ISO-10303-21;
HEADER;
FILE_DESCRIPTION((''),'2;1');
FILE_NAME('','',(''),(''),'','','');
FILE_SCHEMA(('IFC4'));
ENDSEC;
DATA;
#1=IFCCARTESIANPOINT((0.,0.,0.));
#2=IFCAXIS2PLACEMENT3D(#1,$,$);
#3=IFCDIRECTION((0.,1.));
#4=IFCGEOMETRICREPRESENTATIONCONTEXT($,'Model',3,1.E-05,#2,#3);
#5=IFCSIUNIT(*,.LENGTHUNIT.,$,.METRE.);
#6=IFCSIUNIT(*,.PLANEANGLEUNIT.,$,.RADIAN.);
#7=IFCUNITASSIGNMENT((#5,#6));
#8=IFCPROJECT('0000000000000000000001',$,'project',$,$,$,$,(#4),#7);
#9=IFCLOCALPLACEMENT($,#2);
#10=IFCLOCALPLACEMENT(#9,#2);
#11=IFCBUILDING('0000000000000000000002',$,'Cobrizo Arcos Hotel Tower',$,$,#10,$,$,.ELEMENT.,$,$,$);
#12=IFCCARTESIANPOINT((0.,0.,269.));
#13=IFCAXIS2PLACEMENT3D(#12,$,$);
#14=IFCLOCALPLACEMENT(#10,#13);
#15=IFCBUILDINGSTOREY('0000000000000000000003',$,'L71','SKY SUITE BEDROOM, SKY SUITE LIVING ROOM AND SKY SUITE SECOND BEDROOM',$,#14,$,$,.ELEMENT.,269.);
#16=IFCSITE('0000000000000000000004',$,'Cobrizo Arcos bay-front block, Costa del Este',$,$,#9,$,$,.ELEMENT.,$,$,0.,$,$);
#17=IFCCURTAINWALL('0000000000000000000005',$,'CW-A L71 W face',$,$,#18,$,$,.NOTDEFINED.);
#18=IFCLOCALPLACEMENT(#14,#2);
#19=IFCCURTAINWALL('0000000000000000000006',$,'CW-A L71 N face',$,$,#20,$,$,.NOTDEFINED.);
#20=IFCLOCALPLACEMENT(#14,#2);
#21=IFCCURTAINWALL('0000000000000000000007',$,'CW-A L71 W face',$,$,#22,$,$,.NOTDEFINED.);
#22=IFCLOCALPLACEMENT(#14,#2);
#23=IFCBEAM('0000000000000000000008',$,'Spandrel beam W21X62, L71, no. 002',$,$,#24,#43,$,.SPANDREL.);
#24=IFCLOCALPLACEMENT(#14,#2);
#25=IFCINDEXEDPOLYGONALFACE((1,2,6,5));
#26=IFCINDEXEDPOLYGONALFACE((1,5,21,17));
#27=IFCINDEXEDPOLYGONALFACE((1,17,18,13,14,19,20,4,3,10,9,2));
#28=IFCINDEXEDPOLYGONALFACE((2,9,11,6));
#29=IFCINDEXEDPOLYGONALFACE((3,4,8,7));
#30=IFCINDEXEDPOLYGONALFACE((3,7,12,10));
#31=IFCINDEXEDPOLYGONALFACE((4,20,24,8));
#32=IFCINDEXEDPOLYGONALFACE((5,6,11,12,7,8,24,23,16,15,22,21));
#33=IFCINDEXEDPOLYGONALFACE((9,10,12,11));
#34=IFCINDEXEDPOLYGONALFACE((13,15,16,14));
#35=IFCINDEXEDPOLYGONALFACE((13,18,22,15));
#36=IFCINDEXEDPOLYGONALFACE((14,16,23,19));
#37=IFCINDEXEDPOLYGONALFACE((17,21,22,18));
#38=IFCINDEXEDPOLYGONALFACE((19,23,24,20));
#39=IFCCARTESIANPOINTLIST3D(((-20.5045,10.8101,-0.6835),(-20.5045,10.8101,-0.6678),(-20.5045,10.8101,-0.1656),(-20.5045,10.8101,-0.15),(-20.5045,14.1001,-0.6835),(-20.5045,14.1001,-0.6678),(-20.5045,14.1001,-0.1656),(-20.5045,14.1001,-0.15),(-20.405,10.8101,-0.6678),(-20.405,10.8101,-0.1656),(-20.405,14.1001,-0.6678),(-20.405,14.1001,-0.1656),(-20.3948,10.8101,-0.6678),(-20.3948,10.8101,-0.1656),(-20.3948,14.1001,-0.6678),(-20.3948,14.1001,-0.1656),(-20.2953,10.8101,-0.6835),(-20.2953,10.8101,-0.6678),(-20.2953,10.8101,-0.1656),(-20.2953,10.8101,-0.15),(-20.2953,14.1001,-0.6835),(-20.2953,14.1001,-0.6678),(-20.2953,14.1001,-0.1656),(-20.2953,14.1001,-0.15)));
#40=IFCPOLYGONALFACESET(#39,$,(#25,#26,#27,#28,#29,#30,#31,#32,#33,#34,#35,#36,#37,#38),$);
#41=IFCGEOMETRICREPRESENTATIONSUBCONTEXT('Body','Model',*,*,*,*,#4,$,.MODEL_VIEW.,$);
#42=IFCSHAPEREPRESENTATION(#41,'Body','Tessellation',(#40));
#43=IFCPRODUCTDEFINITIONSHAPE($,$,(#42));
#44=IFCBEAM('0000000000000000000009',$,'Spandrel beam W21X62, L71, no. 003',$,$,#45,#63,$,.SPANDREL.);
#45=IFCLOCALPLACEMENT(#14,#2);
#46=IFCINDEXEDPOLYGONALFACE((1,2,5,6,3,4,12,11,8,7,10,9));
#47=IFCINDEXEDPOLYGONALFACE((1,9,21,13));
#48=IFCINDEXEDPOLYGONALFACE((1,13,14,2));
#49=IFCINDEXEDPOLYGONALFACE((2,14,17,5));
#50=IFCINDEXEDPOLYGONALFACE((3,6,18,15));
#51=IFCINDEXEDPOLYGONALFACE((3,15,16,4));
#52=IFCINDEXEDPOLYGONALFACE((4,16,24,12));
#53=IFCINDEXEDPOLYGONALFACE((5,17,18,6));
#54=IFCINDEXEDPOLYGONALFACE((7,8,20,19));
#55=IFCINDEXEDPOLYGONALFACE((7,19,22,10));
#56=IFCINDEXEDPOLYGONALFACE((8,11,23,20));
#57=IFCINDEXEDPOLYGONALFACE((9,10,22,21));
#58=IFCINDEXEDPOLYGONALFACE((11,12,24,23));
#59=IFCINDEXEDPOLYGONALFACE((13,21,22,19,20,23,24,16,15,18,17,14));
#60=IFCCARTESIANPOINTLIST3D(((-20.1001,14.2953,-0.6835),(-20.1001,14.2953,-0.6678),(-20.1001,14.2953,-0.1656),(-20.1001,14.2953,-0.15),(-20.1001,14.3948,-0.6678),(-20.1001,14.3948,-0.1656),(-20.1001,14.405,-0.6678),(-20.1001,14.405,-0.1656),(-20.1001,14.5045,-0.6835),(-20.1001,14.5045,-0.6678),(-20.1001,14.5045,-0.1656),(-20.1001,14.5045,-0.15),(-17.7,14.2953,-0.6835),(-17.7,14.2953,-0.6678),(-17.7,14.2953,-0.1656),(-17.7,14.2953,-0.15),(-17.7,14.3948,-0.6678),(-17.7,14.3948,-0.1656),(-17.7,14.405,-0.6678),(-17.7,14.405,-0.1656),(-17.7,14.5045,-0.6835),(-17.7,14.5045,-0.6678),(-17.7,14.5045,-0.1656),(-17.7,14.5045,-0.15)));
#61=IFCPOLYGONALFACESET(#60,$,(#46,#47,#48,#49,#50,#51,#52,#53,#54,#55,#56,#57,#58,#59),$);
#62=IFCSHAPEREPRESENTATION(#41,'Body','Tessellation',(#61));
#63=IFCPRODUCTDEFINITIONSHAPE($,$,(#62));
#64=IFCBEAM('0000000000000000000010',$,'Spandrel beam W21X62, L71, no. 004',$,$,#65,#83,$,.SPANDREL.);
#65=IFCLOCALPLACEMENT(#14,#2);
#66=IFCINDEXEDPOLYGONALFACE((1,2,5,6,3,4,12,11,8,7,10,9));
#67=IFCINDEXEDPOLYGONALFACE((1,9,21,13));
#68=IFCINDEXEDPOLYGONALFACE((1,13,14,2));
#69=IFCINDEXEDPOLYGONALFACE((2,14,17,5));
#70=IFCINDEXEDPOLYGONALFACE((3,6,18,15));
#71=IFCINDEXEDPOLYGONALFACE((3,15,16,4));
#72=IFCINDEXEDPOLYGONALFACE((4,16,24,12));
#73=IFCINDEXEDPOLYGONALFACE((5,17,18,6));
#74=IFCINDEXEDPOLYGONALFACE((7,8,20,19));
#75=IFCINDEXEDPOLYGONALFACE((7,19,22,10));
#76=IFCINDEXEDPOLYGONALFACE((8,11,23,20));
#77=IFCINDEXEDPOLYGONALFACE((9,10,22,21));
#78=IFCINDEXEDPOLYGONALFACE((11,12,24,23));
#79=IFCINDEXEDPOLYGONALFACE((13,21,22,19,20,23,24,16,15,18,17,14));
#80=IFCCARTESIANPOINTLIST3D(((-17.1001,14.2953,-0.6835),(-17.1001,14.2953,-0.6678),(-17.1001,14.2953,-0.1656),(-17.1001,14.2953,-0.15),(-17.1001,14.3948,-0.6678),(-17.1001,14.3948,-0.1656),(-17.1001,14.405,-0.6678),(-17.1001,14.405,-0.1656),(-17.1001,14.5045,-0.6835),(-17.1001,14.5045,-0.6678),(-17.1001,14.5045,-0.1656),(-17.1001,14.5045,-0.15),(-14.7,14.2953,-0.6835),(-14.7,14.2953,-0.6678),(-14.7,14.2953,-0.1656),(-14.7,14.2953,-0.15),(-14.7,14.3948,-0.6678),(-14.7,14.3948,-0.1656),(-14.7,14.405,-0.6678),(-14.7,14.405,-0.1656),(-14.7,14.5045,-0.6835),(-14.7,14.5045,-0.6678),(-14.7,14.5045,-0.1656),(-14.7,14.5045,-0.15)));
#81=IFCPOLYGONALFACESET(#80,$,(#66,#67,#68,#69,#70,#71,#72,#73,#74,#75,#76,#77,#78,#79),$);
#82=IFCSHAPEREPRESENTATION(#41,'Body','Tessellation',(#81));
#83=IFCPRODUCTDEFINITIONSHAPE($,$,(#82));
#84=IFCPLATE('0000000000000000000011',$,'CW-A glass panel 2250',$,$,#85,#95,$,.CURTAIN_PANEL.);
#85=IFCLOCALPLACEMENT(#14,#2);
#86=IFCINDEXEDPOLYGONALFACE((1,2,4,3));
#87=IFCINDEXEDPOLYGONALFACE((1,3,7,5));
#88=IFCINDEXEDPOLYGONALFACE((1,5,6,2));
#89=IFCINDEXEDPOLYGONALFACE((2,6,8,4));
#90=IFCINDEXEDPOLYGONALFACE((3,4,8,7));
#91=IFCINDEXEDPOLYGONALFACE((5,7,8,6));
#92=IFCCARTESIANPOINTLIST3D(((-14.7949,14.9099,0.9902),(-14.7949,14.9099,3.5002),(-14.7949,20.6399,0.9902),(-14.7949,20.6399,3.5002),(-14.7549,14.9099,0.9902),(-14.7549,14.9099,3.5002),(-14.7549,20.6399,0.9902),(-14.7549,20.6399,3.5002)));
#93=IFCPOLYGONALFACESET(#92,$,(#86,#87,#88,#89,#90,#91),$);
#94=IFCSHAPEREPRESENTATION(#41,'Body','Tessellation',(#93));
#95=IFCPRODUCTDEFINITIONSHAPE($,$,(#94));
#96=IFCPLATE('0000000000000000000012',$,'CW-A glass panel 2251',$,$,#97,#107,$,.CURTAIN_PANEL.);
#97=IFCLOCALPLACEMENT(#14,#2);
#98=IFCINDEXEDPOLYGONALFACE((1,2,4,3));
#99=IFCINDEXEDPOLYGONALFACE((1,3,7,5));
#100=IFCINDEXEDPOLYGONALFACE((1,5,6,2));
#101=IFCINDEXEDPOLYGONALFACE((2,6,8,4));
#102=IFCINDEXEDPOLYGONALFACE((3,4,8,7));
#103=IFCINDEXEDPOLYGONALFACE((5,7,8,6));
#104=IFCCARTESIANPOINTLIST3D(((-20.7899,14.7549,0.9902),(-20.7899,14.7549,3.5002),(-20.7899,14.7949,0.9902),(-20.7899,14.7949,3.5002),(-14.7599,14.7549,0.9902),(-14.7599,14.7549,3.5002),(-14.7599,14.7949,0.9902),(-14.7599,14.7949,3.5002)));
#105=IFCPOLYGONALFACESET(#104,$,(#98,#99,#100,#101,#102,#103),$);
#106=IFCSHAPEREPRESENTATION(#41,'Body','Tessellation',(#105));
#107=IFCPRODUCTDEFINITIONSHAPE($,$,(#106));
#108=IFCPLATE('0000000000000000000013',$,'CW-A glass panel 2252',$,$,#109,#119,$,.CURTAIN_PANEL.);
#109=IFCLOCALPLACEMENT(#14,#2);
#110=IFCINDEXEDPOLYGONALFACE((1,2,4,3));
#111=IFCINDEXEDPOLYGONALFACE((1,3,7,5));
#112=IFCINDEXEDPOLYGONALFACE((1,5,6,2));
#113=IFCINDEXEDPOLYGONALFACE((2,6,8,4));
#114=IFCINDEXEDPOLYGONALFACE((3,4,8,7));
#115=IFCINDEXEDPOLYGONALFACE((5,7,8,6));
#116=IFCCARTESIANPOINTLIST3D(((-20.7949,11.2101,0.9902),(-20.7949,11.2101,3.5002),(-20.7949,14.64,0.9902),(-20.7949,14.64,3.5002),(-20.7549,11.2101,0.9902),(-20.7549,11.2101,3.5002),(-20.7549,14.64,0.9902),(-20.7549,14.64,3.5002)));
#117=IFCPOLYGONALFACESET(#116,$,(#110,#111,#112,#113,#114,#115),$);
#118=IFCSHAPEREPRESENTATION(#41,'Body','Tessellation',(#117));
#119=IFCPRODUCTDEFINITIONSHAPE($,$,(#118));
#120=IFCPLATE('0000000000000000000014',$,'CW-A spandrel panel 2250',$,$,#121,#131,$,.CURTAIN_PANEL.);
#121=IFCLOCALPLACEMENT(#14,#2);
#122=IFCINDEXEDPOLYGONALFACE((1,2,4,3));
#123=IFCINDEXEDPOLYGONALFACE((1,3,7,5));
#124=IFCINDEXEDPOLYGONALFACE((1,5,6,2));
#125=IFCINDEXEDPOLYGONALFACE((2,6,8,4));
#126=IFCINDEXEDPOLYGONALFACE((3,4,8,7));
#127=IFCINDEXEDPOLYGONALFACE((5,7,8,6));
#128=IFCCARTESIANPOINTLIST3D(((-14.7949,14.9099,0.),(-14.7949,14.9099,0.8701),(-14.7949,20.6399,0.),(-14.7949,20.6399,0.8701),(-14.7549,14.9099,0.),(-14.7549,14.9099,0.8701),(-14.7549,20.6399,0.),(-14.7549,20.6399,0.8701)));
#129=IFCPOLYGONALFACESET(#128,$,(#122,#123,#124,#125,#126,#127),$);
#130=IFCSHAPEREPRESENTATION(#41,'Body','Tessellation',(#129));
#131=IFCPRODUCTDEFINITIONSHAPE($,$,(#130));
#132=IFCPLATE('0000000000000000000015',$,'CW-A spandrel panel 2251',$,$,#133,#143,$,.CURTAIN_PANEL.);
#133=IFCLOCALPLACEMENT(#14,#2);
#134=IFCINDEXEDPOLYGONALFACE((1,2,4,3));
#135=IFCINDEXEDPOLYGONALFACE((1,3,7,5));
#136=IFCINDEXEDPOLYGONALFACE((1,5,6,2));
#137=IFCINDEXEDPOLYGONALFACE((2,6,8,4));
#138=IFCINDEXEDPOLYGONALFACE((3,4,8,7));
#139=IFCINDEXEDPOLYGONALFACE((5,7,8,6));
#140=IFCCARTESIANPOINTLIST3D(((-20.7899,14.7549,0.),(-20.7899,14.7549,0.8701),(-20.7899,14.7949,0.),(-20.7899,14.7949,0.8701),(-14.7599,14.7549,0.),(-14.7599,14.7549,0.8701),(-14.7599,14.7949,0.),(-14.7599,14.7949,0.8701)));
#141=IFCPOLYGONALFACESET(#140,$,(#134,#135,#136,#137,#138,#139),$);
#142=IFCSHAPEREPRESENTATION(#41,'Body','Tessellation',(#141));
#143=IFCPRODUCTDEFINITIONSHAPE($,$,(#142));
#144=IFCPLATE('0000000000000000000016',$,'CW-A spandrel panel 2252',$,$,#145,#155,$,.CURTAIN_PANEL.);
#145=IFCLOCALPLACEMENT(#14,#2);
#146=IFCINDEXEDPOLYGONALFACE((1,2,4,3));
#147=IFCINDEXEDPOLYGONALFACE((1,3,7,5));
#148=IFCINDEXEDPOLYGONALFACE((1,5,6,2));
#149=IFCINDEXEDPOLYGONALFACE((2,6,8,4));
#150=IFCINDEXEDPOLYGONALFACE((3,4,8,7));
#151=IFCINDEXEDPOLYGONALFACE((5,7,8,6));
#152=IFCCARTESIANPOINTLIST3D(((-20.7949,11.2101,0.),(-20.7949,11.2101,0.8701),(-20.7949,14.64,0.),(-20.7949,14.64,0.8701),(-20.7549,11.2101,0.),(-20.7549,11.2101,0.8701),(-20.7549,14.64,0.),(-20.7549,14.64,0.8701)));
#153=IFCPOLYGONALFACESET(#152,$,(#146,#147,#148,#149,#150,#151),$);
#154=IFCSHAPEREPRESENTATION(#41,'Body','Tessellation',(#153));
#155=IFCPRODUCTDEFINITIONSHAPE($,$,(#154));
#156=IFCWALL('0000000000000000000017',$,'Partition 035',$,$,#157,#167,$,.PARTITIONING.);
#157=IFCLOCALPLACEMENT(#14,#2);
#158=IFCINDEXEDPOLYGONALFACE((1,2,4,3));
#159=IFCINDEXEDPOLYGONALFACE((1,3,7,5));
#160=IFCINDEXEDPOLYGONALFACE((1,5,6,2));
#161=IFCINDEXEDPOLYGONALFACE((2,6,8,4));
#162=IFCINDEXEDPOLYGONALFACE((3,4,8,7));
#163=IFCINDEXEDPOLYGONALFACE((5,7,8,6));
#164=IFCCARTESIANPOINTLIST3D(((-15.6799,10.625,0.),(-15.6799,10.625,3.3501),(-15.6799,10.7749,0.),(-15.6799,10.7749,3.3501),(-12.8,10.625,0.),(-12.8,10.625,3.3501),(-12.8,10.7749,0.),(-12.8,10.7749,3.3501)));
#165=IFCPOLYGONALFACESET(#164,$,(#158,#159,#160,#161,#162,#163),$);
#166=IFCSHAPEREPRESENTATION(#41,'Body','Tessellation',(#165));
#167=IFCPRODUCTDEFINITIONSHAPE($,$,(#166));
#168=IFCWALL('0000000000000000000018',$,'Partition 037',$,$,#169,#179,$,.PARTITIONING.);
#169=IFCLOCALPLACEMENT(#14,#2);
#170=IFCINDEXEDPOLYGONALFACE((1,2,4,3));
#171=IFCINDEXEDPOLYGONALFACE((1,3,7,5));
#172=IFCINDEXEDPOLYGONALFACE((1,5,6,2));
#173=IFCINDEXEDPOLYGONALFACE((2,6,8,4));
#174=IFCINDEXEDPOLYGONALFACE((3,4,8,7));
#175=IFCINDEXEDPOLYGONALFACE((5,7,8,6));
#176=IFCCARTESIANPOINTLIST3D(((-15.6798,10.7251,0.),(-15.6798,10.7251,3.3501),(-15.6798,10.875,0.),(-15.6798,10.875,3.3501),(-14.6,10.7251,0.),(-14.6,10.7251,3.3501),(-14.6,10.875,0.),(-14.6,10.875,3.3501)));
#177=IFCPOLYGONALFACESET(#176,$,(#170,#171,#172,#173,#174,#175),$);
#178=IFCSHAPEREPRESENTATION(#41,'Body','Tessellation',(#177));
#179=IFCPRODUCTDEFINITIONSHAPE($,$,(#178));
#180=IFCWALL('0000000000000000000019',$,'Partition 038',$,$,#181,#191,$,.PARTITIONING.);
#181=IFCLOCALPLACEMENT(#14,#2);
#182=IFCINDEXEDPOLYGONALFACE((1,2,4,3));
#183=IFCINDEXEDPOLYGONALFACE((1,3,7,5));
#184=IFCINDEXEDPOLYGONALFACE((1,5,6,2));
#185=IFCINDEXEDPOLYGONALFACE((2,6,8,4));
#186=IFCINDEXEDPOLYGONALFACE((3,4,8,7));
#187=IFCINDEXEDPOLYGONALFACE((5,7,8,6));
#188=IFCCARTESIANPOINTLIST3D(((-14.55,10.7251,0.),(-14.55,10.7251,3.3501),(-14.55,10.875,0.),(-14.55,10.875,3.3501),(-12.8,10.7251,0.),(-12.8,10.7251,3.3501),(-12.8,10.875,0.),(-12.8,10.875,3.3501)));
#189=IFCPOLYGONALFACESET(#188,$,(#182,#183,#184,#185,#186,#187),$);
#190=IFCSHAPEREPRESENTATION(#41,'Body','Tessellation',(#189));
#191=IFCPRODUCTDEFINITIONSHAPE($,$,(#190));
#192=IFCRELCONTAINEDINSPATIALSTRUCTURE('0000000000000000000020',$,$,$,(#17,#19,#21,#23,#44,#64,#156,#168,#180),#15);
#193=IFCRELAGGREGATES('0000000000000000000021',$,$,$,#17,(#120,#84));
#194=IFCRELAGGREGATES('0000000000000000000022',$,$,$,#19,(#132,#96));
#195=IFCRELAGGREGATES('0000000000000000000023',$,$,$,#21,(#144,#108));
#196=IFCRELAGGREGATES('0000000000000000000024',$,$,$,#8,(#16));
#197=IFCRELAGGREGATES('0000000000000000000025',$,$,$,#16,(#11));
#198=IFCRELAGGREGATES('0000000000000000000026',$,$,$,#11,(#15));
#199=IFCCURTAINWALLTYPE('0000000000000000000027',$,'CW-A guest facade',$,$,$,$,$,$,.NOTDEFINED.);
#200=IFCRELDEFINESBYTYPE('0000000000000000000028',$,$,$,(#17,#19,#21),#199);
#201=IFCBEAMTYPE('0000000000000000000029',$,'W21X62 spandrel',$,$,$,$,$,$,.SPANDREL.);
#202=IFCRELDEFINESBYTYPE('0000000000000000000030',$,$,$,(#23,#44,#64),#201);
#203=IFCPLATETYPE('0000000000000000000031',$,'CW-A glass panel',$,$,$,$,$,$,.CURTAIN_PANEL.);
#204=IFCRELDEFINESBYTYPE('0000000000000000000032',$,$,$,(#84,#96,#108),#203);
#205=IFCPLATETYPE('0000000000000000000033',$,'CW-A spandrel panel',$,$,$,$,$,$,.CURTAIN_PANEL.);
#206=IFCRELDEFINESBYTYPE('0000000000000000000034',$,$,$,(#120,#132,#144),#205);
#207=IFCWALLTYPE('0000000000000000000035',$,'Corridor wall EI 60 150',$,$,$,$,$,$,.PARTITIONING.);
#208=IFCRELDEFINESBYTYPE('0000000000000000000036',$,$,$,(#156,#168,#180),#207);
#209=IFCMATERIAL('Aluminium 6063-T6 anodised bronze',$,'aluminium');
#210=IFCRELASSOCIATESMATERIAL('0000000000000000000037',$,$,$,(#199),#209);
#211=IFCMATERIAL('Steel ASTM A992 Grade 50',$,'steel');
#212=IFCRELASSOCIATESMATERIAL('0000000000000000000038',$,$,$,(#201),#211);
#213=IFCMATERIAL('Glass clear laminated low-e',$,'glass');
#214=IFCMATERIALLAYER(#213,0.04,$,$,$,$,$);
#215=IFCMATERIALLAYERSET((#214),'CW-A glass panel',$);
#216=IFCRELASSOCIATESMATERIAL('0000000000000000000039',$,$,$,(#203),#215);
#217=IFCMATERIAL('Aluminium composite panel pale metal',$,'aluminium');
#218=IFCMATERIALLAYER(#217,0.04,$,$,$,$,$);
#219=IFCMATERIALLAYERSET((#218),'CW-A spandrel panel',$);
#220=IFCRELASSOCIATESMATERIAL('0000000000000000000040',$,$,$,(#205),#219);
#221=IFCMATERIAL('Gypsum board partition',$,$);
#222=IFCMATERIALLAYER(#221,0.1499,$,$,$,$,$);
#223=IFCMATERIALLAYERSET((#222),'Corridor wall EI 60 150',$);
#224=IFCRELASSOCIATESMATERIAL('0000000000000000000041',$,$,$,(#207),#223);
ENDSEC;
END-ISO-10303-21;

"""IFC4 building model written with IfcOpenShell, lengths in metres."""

from ifc_helpers import new_model, si_unit, direction, frame, frame_2d, origin, origin_2d, place, context, subcontext, project, spatial, rectangle, i_section, extrude, material, layer, layer_set, material_profile, profile_set, type_object, element, aggregate, save


model = new_model("IFC4")

# Units and contexts
model_context = context("Model", 3, precision=1e-05, world=origin(), true_north=direction((0.0, 1.0)))
body_context = subcontext(model_context, "Body", "Model", "MODEL_VIEW")
ifc_project = project(units=[si_unit("LENGTHUNIT", "METRE"), si_unit("PLANEANGLEUNIT", "RADIAN")], contexts=[model_context])

# Site, building, storey
site_placement = place(None, origin())
site = spatial("IfcSite", under=ifc_project, at=site_placement, Name="Cobrizo Arcos bay-front block, Costa del Este", CompositionType="ELEMENT", RefElevation=0.0)
building_placement = place(site_placement, origin())
building = spatial("IfcBuilding", under=site, at=building_placement, Name="Cobrizo Arcos Hotel Tower", CompositionType="ELEMENT")
storey_placement = place(building_placement, frame((0.0, 0.0, 269.0)))
storey = spatial("IfcBuildingStorey", under=building, at=storey_placement, Name="L71", Description="SKY SUITE BEDROOM, SKY SUITE LIVING ROOM AND SKY SUITE SECOND BEDROOM", CompositionType="ELEMENT", Elevation=269.0)

# Shared definitions
ifc_material_1 = material(Name="Aluminium 6063-T6 anodised bronze", Category="aluminium")
curtain_wall_type = type_object("IfcCurtainWallType", Name="CW-A guest facade", PredefinedType="NOTDEFINED", material=ifc_material_1)

# Curtain walls
curtain_wall_1_placement = place(storey_placement, origin())
curtain_wall_1 = element("IfcCurtainWall", 1, at=curtain_wall_1_placement, inside=storey, type_object=curtain_wall_type, Name="CW-A L71 W face", PredefinedType="NOTDEFINED")
curtain_wall_2_placement = place(storey_placement, origin())
curtain_wall_2 = element("IfcCurtainWall", 2, at=curtain_wall_2_placement, inside=storey, type_object=curtain_wall_type, Name="CW-A L71 N face", PredefinedType="NOTDEFINED")
curtain_wall_3_placement = place(storey_placement, origin())
curtain_wall_3 = element("IfcCurtainWall", 3, at=curtain_wall_3_placement, inside=storey, type_object=curtain_wall_type, Name="CW-A L71 W face", PredefinedType="NOTDEFINED")

# Beams
ifc_material_2 = material(Name="Steel ASTM A992 Grade 50", Category="steel")
ifc_material_profile_1 = material_profile(ifc_material_2, i_section(OverallWidth=0.2092, OverallDepth=0.5334, WebThickness=0.0103, FlangeThickness=0.0156, at=origin_2d()), Name="W21X62")
ifc_profile_set_1 = profile_set([ifc_material_profile_1], Name="Steel ASTM A992 Grade 50")
beam_type_1 = type_object("IfcBeamType", Name="W21X62 spandrel", PredefinedType="SPANDREL", material=ifc_profile_set_1)
beam_1_placement = place(storey_placement, frame((-20.3999, 10.8101, -0.4167), z_axis=(0.0, 1.0, 0.0), x_axis=(-1.0, 0.0, 0.0)))
element("IfcBeam", 4, at=beam_1_placement, inside=storey, type_object=beam_type_1, Name="Spandrel beam W21X62, L71, no. 002", PredefinedType="SPANDREL", context=body_context, shape_type="SweptSolid", body=[
    extrude(i_section(OverallWidth=0.2092, OverallDepth=0.5334, WebThickness=0.0103, FlangeThickness=0.0156, at=origin_2d()), origin(), (0.0, 0.0, 1.0), 3.29),
])
for number, where, z_axis, x_axis, name in (
    (5, (-20.1001, 14.3999, -0.4167), (1.0, 0.0, 0.0), (0.0, 1.0, 0.0), "Spandrel beam W21X62, L71, no. 003"),
    (6, (-17.1001, 14.3999, -0.4167), (1.0, 0.0, 0.0), (0.0, 1.0, 0.0), "Spandrel beam W21X62, L71, no. 004"),
):
    element("IfcBeam", number, at=place(storey_placement, frame(where, z_axis=z_axis, x_axis=x_axis)), inside=storey, type_object=beam_type_1, Name=name, PredefinedType="SPANDREL", context=body_context, shape_type="SweptSolid", body=[
        extrude(i_section(OverallWidth=0.2092, OverallDepth=0.5334, WebThickness=0.0103, FlangeThickness=0.0156, at=origin_2d()), origin(), (0.0, 0.0, 1.0), 2.4001),
    ])

# Plates
ifc_material_3 = material(Name="Glass clear laminated low-e", Category="glass")
ifc_layer_1 = layer(ifc_material_3, 0.04)
ifc_layer_set_1 = layer_set([ifc_layer_1], Name="CW-A glass panel")
plate_type_1 = type_object("IfcPlateType", Name="CW-A glass panel", PredefinedType="CURTAIN_PANEL", material=ifc_layer_set_1)
plate_1_placement = place(storey_placement, frame((-14.7749, 17.7749, 0.9902), z_axis=(0.0, 0.0, 1.0), x_axis=(0.0, -1.0, 0.0)))
plate_1 = element("IfcPlate", 7, at=plate_1_placement, type_object=plate_type_1, Name="CW-A glass panel 2250", PredefinedType="CURTAIN_PANEL", context=body_context, shape_type="SweptSolid", body=[
    extrude(rectangle(XDim=5.73, YDim=0.04, at=origin_2d()), origin(), (0.0, 0.0, 1.0), 2.51),
])
plate_2_placement = place(storey_placement, frame((-17.7749, 14.7749, 0.9902), z_axis=(0.0, 0.0, 1.0), x_axis=(-1.0, 0.0, 0.0)))
plate_2 = element("IfcPlate", 8, at=plate_2_placement, type_object=plate_type_1, Name="CW-A glass panel 2251", PredefinedType="CURTAIN_PANEL", context=body_context, shape_type="SweptSolid", body=[
    extrude(rectangle(XDim=6.03, YDim=0.04, at=origin_2d()), origin(), (0.0, 0.0, 1.0), 2.51),
])
plate_3_placement = place(storey_placement, frame((-20.7749, 12.925, 0.9902), z_axis=(0.0, 0.0, 1.0), x_axis=(0.0, -1.0, 0.0)))
plate_3 = element("IfcPlate", 9, at=plate_3_placement, type_object=plate_type_1, Name="CW-A glass panel 2252", PredefinedType="CURTAIN_PANEL", context=body_context, shape_type="SweptSolid", body=[
    extrude(rectangle(XDim=3.4299, YDim=0.04, at=origin_2d()), origin(), (0.0, 0.0, 1.0), 2.51),
])
ifc_material_4 = material(Name="Aluminium composite panel pale metal", Category="aluminium")
ifc_layer_2 = layer(ifc_material_4, 0.04)
ifc_layer_set_2 = layer_set([ifc_layer_2], Name="CW-A spandrel panel")
plate_type_2 = type_object("IfcPlateType", Name="CW-A spandrel panel", PredefinedType="CURTAIN_PANEL", material=ifc_layer_set_2)
plate_4_placement = place(storey_placement, frame((-14.7749, 17.7749, 0.0), z_axis=(0.0, 0.0, 1.0), x_axis=(0.0, -1.0, 0.0)))
plate_4 = element("IfcPlate", 10, at=plate_4_placement, type_object=plate_type_2, Name="CW-A spandrel panel 2250", PredefinedType="CURTAIN_PANEL", context=body_context, shape_type="SweptSolid", body=[
    extrude(rectangle(XDim=5.73, YDim=0.04, at=origin_2d()), origin(), (0.0, 0.0, 1.0), 0.8701),
])
aggregate(curtain_wall_1, [plate_4, plate_1])
plate_5_placement = place(storey_placement, frame((-17.7749, 14.7749, 0.0), z_axis=(0.0, 0.0, 1.0), x_axis=(-1.0, 0.0, 0.0)))
plate_5 = element("IfcPlate", 11, at=plate_5_placement, type_object=plate_type_2, Name="CW-A spandrel panel 2251", PredefinedType="CURTAIN_PANEL", context=body_context, shape_type="SweptSolid", body=[
    extrude(rectangle(XDim=6.03, YDim=0.04, at=origin_2d()), origin(), (0.0, 0.0, 1.0), 0.8701),
])
aggregate(curtain_wall_2, [plate_5, plate_2])
plate_6_placement = place(storey_placement, frame((-20.7749, 12.925, 0.0), z_axis=(0.0, 0.0, 1.0), x_axis=(0.0, -1.0, 0.0)))
plate_6 = element("IfcPlate", 12, at=plate_6_placement, type_object=plate_type_2, Name="CW-A spandrel panel 2252", PredefinedType="CURTAIN_PANEL", context=body_context, shape_type="SweptSolid", body=[
    extrude(rectangle(XDim=3.4299, YDim=0.04, at=origin_2d()), origin(), (0.0, 0.0, 1.0), 0.8701),
])
aggregate(curtain_wall_3, [plate_6, plate_3])

# Walls
ifc_material_5 = material(Name="Gypsum board partition")
ifc_layer_3 = layer(ifc_material_5, 0.1499)
ifc_layer_set_3 = layer_set([ifc_layer_3], Name="Corridor wall EI 60 150")
wall_type_1 = type_object("IfcWallType", Name="Corridor wall EI 60 150", PredefinedType="PARTITIONING", material=ifc_layer_set_3)
wall_1_placement = place(storey_placement, frame((-15.6799, 10.7, 0.0), z_axis=(0.0, 0.0, 1.0), x_axis=(1.0, 0.0, 0.0)))
element("IfcWall", 13, at=wall_1_placement, inside=storey, type_object=wall_type_1, Name="Partition 035", PredefinedType="PARTITIONING", context=body_context, shape_type="SweptSolid", body=[
    extrude(rectangle(XDim=2.8799, YDim=0.1499, at=frame_2d((1.4399, 0.0))), origin(), (0.0, 0.0, 1.0), 3.3501),
])
wall_2_placement = place(storey_placement, frame((-15.6799, 10.8, 0.0), z_axis=(0.0, 0.0, 1.0), x_axis=(1.0, 0.0, 0.0)))
element("IfcWall", 14, at=wall_2_placement, inside=storey, type_object=wall_type_1, Name="Partition 037", PredefinedType="PARTITIONING", context=body_context, shape_type="SweptSolid", body=[
    extrude(rectangle(XDim=1.0798, YDim=0.1499, at=frame_2d((0.54, 0.0))), origin(), (0.0, 0.0, 1.0), 3.3501),
])
wall_3_placement = place(storey_placement, frame((-14.55, 10.8, 0.0), z_axis=(0.0, 0.0, 1.0), x_axis=(1.0, 0.0, 0.0)))
element("IfcWall", 15, at=wall_3_placement, inside=storey, type_object=wall_type_1, Name="Partition 038", PredefinedType="PARTITIONING", context=body_context, shape_type="SweptSolid", body=[
    extrude(rectangle(XDim=1.75, YDim=0.1499, at=frame_2d((0.875, 0.0))), origin(), (0.0, 0.0, 1.0), 3.3501),
])

save(model, "model.ifc")
